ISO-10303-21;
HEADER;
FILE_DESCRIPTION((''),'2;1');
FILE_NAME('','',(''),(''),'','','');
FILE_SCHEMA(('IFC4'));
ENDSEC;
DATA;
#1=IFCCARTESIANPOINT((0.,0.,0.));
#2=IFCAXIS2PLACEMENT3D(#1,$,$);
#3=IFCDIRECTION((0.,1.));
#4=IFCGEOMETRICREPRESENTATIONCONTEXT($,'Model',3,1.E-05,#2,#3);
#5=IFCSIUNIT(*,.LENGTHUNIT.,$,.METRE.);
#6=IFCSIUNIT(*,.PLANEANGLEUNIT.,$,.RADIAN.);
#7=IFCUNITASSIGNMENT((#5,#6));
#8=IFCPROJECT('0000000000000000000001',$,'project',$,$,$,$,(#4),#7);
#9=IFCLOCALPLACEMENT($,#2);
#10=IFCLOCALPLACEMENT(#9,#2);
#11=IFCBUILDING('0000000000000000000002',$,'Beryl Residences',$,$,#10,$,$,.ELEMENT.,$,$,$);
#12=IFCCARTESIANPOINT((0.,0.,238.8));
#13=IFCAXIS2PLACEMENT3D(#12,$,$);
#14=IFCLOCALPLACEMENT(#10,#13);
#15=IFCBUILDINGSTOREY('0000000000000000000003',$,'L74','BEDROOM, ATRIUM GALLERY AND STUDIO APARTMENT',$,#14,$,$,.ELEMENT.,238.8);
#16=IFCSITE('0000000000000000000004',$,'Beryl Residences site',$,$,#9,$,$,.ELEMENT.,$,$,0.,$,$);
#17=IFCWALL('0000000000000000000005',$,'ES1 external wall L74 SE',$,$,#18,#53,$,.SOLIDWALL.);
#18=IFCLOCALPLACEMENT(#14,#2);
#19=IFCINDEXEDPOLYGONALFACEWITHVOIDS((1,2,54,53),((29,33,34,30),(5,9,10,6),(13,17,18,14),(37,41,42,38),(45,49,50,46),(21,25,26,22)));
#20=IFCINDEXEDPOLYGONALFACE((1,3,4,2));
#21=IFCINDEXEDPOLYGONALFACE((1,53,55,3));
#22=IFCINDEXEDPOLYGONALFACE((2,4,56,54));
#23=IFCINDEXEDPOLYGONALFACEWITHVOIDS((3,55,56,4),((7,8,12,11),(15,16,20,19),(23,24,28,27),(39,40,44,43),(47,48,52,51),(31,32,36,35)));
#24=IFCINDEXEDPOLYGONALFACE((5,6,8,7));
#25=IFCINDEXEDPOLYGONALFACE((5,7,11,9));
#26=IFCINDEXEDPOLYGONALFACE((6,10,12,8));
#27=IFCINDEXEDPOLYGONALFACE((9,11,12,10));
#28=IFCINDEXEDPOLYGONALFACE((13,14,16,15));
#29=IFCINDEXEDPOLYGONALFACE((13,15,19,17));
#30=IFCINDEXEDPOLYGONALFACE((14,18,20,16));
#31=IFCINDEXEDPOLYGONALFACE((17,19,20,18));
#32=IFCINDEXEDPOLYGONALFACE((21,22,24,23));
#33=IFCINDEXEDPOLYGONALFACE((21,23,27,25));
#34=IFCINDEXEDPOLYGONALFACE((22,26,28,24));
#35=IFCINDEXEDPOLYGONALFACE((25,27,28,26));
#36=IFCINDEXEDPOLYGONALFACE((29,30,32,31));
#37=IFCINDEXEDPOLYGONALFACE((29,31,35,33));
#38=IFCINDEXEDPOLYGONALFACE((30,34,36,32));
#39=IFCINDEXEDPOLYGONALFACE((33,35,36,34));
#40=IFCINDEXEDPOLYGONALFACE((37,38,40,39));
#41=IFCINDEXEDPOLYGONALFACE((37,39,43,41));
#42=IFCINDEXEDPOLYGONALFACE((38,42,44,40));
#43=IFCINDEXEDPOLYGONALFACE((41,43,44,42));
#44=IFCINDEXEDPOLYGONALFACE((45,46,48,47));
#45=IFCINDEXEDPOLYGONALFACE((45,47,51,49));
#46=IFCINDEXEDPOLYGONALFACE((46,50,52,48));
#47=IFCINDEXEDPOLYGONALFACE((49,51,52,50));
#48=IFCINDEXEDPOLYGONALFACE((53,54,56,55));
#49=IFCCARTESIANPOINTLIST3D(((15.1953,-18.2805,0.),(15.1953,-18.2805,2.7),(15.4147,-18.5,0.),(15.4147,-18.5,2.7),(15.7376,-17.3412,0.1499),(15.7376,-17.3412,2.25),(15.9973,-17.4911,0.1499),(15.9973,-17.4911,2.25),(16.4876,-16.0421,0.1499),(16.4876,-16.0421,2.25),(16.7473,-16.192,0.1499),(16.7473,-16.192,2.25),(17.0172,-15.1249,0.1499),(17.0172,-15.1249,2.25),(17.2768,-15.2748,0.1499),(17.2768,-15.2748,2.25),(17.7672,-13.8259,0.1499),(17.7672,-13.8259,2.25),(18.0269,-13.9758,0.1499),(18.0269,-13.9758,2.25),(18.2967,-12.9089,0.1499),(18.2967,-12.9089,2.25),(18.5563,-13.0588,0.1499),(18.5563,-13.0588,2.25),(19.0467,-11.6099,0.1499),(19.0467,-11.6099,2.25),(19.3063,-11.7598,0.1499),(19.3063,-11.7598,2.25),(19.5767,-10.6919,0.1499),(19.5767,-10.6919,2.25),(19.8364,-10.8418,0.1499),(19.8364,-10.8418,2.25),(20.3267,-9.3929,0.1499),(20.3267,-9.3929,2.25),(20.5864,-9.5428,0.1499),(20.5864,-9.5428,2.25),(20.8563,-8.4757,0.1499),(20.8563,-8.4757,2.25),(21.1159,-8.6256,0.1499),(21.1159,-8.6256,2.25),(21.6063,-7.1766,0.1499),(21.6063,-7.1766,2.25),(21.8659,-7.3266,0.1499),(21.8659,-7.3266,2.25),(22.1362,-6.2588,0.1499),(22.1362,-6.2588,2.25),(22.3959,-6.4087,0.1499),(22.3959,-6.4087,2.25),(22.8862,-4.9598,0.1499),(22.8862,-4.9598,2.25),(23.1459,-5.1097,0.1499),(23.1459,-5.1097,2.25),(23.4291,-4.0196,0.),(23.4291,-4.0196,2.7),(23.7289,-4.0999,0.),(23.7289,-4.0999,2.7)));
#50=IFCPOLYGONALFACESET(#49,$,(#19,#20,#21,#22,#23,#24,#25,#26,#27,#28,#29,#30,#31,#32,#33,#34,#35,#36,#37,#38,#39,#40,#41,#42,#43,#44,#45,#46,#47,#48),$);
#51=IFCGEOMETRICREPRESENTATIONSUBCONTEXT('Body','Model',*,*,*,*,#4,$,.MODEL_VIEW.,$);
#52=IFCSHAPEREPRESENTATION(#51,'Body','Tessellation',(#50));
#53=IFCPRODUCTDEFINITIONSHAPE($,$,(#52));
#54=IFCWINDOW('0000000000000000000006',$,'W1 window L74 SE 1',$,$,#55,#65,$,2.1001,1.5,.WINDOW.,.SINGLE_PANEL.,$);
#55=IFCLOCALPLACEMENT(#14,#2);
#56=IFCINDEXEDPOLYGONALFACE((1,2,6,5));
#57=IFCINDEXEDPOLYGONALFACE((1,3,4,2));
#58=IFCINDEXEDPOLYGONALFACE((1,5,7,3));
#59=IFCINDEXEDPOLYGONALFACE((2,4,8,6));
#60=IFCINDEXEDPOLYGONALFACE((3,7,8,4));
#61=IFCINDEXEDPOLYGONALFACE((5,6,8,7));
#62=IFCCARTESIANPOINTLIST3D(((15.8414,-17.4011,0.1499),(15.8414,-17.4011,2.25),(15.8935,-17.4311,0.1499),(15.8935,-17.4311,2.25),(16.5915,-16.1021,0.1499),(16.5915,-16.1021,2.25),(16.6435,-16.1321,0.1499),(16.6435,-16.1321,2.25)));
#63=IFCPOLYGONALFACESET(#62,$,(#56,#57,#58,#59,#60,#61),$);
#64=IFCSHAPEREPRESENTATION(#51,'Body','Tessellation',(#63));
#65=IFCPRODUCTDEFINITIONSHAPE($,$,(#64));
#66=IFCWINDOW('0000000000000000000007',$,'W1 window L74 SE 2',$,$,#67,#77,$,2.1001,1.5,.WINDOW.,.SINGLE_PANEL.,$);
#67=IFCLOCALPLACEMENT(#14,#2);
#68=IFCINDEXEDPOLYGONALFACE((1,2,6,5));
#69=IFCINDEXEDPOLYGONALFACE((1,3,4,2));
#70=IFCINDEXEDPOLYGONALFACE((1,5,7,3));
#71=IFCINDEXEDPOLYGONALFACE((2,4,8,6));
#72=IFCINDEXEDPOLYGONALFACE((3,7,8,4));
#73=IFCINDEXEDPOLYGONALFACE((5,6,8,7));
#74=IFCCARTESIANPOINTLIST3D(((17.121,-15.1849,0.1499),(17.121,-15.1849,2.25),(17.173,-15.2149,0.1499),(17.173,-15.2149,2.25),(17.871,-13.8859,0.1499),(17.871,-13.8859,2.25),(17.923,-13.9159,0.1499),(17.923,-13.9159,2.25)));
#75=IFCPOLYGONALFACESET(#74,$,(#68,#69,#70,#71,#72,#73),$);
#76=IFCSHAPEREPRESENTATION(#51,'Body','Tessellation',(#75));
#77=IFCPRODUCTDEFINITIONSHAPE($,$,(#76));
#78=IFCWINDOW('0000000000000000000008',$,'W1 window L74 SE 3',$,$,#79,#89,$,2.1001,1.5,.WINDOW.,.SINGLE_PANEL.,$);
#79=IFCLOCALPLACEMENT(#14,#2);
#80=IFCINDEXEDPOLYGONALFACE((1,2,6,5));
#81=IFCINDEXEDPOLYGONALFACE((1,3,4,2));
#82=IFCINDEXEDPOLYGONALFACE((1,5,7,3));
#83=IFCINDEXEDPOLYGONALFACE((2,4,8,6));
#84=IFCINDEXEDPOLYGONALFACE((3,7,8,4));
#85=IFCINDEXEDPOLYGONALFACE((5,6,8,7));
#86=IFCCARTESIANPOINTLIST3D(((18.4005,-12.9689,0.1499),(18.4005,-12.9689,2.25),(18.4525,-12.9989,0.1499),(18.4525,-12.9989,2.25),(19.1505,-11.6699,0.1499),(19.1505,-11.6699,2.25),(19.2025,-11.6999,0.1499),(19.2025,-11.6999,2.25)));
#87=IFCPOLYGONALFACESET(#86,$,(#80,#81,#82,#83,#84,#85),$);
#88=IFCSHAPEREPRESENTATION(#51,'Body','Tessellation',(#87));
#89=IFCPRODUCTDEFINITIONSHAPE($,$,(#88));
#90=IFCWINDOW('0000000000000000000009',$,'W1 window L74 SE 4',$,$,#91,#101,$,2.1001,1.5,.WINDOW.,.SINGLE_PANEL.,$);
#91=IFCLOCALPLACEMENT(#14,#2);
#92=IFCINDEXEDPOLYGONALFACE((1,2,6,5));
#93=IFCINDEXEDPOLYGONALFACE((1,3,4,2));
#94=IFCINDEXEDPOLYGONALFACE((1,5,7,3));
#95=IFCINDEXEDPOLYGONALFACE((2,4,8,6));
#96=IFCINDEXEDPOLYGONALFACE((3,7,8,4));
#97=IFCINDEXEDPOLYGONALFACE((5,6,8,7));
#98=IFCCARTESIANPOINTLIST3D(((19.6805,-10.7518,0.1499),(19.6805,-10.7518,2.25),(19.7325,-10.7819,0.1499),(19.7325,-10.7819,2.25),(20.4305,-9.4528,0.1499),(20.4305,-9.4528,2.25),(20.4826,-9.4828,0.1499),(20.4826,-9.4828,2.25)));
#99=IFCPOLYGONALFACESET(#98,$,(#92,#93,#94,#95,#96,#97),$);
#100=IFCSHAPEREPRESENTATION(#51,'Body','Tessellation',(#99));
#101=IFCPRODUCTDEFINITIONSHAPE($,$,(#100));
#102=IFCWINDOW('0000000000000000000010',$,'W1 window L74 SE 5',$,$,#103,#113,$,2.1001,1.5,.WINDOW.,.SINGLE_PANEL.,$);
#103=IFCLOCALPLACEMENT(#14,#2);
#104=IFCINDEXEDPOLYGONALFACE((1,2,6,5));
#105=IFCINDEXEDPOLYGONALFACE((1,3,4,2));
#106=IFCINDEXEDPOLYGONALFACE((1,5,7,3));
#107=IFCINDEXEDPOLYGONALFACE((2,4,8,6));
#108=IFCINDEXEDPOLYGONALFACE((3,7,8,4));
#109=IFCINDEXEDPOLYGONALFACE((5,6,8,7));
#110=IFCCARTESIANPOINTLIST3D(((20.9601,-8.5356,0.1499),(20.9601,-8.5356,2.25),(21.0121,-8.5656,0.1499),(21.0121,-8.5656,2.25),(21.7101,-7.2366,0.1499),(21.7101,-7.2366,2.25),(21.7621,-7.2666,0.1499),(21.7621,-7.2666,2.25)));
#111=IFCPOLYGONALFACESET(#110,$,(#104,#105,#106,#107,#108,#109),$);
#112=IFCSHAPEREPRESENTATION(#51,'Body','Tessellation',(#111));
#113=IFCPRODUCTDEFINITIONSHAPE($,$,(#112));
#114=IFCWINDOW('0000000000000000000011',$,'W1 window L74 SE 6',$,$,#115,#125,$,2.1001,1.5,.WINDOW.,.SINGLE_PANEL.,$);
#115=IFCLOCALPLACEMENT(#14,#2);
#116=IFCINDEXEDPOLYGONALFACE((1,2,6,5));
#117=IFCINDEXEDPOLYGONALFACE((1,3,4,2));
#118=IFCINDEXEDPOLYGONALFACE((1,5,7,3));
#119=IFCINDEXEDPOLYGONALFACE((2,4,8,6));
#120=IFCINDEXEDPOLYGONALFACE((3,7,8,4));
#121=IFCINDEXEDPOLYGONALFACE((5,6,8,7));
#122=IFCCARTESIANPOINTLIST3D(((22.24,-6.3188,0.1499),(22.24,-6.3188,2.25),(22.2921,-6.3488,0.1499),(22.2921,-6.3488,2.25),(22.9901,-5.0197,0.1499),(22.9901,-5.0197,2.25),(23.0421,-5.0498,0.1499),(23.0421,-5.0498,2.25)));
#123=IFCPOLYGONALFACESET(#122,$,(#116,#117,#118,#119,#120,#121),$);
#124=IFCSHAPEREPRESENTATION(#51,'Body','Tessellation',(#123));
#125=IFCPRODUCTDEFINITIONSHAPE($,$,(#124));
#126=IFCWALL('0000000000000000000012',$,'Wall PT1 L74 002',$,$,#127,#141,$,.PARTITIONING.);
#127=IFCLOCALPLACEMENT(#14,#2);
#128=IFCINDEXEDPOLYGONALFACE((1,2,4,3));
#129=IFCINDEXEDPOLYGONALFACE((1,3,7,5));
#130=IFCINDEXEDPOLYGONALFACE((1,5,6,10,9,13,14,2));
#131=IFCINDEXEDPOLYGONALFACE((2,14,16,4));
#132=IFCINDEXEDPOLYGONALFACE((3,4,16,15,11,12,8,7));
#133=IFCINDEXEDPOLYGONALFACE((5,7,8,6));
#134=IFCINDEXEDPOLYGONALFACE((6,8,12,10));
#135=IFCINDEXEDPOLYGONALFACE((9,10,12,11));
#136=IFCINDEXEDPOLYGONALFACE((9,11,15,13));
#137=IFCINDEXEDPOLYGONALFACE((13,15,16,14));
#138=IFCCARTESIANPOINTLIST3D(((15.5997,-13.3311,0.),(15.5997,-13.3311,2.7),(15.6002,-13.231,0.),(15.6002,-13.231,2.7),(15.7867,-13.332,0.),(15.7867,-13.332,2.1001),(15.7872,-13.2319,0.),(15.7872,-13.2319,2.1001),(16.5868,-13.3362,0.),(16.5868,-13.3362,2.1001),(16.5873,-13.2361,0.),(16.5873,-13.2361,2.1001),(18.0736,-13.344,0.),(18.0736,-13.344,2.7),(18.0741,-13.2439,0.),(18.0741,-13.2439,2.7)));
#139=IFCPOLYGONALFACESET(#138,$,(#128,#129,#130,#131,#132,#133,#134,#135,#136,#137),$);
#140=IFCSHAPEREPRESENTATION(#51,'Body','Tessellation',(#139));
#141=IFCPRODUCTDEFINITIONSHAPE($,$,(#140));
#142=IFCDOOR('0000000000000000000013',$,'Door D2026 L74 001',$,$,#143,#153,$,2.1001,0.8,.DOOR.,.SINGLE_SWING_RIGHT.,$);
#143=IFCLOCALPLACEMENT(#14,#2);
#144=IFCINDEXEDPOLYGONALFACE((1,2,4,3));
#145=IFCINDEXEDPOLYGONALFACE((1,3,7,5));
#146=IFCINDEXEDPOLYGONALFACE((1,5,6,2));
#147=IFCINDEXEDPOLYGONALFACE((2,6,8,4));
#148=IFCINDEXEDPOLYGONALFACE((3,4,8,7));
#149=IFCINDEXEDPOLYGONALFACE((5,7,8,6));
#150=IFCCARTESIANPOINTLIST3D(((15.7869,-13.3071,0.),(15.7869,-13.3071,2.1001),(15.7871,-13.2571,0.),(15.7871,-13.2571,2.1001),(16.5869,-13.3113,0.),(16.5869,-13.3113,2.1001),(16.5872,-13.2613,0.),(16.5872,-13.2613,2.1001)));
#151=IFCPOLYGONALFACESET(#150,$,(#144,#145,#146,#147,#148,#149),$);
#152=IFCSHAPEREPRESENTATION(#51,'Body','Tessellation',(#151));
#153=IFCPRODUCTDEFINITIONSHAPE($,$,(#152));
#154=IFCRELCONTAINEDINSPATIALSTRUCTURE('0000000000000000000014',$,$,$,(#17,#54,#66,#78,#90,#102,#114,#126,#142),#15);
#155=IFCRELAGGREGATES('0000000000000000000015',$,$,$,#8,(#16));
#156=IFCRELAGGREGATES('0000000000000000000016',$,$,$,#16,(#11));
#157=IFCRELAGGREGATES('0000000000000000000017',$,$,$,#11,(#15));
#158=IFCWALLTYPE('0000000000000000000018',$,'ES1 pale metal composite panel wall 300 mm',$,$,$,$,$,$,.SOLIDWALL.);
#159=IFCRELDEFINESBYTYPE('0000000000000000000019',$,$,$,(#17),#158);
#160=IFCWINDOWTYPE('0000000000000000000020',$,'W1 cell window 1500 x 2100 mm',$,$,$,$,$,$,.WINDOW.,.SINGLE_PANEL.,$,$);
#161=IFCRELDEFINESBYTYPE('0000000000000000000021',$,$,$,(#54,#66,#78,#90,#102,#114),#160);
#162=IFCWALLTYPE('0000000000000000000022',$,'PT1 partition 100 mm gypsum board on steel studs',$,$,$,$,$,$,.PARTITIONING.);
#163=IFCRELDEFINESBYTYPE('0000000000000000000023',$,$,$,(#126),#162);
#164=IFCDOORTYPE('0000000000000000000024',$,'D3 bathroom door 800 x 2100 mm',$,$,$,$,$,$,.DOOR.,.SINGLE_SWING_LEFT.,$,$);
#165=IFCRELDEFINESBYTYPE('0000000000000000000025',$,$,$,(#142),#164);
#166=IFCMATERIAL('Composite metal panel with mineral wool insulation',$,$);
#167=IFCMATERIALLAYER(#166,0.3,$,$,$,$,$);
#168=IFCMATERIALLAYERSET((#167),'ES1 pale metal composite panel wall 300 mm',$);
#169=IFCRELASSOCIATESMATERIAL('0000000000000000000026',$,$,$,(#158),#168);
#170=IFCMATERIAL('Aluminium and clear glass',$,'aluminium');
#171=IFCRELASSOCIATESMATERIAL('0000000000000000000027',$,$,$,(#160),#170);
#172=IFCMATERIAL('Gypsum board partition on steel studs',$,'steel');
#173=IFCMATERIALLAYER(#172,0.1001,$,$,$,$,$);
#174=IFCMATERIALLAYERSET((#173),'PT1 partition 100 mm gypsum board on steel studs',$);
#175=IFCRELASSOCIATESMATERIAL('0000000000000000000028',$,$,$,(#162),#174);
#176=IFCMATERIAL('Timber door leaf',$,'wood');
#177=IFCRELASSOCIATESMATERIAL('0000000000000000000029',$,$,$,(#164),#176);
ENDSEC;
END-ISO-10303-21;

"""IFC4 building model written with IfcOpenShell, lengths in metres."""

from ifc_helpers import new_model, si_unit, direction, frame, frame_2d, origin, place, context, subcontext, project, spatial, polyline, rectangle, outline, extrude, material, layer, layer_set, type_object, element, fill, save


model = new_model("IFC4")

# Units and contexts
model_context = context("Model", 3, precision=1e-05, world=origin(), true_north=direction((0.0, 1.0)))
body_context = subcontext(model_context, "Body", "Model", "MODEL_VIEW")
ifc_project = project(units=[si_unit("LENGTHUNIT", "METRE"), si_unit("PLANEANGLEUNIT", "RADIAN")], contexts=[model_context])

# Site, building, storey
site_placement = place(None, origin())
site = spatial("IfcSite", under=ifc_project, at=site_placement, Name="Beryl Residences site", CompositionType="ELEMENT", RefElevation=0.0)
building_placement = place(site_placement, origin())
building = spatial("IfcBuilding", under=site, at=building_placement, Name="Beryl Residences", CompositionType="ELEMENT")
storey_placement = place(building_placement, frame((0.0, 0.0, 238.8)))
storey = spatial("IfcBuildingStorey", under=building, at=storey_placement, Name="L74", Description="BEDROOM, ATRIUM GALLERY AND STUDIO APARTMENT", CompositionType="ELEMENT", Elevation=238.8)

# Wall, openings, windows
ifc_material_1 = material(Name="Composite metal panel with mineral wool insulation")
ifc_layer_1 = layer(ifc_material_1, 0.3)
ifc_layer_set_1 = layer_set([ifc_layer_1], Name="ES1 pale metal composite panel wall 300 mm")
wall_type_1 = type_object("IfcWallType", Name="ES1 pale metal composite panel wall 300 mm", PredefinedType="SOLIDWALL", material=ifc_layer_set_1)
wall_1_placement = place(storey_placement, frame((15.2849, -18.425, 0.0), z_axis=(0.0, 0.0, 1.0), x_axis=(0.500013, 0.866018, 0.0)))
wall_1 = element("IfcWall", 1, at=wall_1_placement, inside=storey, type_object=wall_type_1, Name="ES1 external wall L74 SE", PredefinedType="SOLIDWALL", context=body_context, shape_type="SweptSolid", body=[
    extrude(outline(polyline([(0.0, -0.1499), (16.6279, -0.1499), (16.5476, 0.1499), (0.0803, 0.1499), (0.0, -0.1499)])), origin(), (0.0, 0.0, 1.0), 2.7),
])
opening_1_placement = place(wall_1_placement, frame((1.165, 0.0, 0.1499)))
opening_1 = element("IfcOpeningElement", 2, at=opening_1_placement, cuts=wall_1, PredefinedType="OPENING", context=body_context, shape_type="SweptSolid", body=[
    extrude(rectangle(XDim=1.5, YDim=2.1001, at=frame_2d((0.75, 1.05))), frame((0.0, 0.1599, 0.0), z_axis=(0.0, -1.0, 0.0), x_axis=(1.0, 0.0, 0.0)), (0.0, 0.0, 1.0), 0.3201),
])
opening_2_placement = place(wall_1_placement, frame((3.7241, 0.0, 0.1499)))
opening_2 = element("IfcOpeningElement", 3, at=opening_2_placement, cuts=wall_1, PredefinedType="OPENING", context=body_context, shape_type="SweptSolid", body=[
    extrude(rectangle(XDim=1.5, YDim=2.1001, at=frame_2d((0.75, 1.05))), frame((0.0, 0.1599, 0.0), z_axis=(0.0, -1.0, 0.0), x_axis=(1.0, 0.0, 0.0)), (0.0, 0.0, 1.0), 0.3201),
])
opening_3_placement = place(wall_1_placement, frame((6.283, 0.0, 0.1499)))
opening_3 = element("IfcOpeningElement", 4, at=opening_3_placement, cuts=wall_1, PredefinedType="OPENING", context=body_context, shape_type="SweptSolid", body=[
    extrude(rectangle(XDim=1.5, YDim=2.1001, at=frame_2d((0.75, 1.05))), frame((0.0, 0.1599, 0.0), z_axis=(0.0, -1.0, 0.0), x_axis=(1.0, 0.0, 0.0)), (0.0, 0.0, 1.0), 0.3201),
])
opening_4_placement = place(wall_1_placement, frame((8.843, 0.0, 0.1499)))
opening_4 = element("IfcOpeningElement", 5, at=opening_4_placement, cuts=wall_1, PredefinedType="OPENING", context=body_context, shape_type="SweptSolid", body=[
    extrude(rectangle(XDim=1.5, YDim=2.1001, at=frame_2d((0.75, 1.05))), frame((0.0, 0.1599, 0.0), z_axis=(0.0, -1.0, 0.0), x_axis=(1.0, 0.0, 0.0)), (0.0, 0.0, 1.0), 0.3201),
])
opening_5_placement = place(wall_1_placement, frame((11.4021, 0.0, 0.1499)))
opening_5 = element("IfcOpeningElement", 6, at=opening_5_placement, cuts=wall_1, PredefinedType="OPENING", context=body_context, shape_type="SweptSolid", body=[
    extrude(rectangle(XDim=1.5, YDim=2.1001, at=frame_2d((0.75, 1.05))), frame((0.0, 0.1599, 0.0), z_axis=(0.0, -1.0, 0.0), x_axis=(1.0, 0.0, 0.0)), (0.0, 0.0, 1.0), 0.3201),
])
opening_6_placement = place(wall_1_placement, frame((13.9619, 0.0, 0.1499)))
opening_6 = element("IfcOpeningElement", 7, at=opening_6_placement, cuts=wall_1, PredefinedType="OPENING", context=body_context, shape_type="SweptSolid", body=[
    extrude(rectangle(XDim=1.5, YDim=2.1001, at=frame_2d((0.75, 1.05))), frame((0.0, 0.1599, 0.0), z_axis=(0.0, -1.0, 0.0), x_axis=(1.0, 0.0, 0.0)), (0.0, 0.0, 1.0), 0.3201),
])
ifc_material_2 = material(Name="Aluminium and clear glass", Category="aluminium")
window_type = type_object("IfcWindowType", Name="W1 cell window 1500 x 2100 mm", PartitioningType="SINGLE_PANEL", PredefinedType="WINDOW", material=ifc_material_2)
window_1_placement = place(opening_1_placement, origin())
window_1 = element("IfcWindow", 8, at=window_1_placement, inside=storey, type_object=window_type, Name="W1 window L74 SE 1", OverallHeight=2.1001, OverallWidth=1.5, PartitioningType="SINGLE_PANEL", PredefinedType="WINDOW", context=body_context, shape_type="SweptSolid", body=[
    extrude(rectangle(XDim=1.5, YDim=2.1001, at=frame_2d((0.75, 1.05))), frame((0.0, 0.03, 0.0), z_axis=(0.0, -1.0, 0.0), x_axis=(1.0, 0.0, 0.0)), (0.0, 0.0, 1.0), 0.0601),
])
fill(opening_1, window_1)
window_2_placement = place(opening_2_placement, origin())
window_2 = element("IfcWindow", 9, at=window_2_placement, inside=storey, type_object=window_type, Name="W1 window L74 SE 2", OverallHeight=2.1001, OverallWidth=1.5, PartitioningType="SINGLE_PANEL", PredefinedType="WINDOW", context=body_context, shape_type="SweptSolid", body=[
    extrude(rectangle(XDim=1.5, YDim=2.1001, at=frame_2d((0.75, 1.05))), frame((0.0, 0.03, 0.0), z_axis=(0.0, -1.0, 0.0), x_axis=(1.0, 0.0, 0.0)), (0.0, 0.0, 1.0), 0.0601),
])
fill(opening_2, window_2)
window_3_placement = place(opening_3_placement, origin())
window_3 = element("IfcWindow", 10, at=window_3_placement, inside=storey, type_object=window_type, Name="W1 window L74 SE 3", OverallHeight=2.1001, OverallWidth=1.5, PartitioningType="SINGLE_PANEL", PredefinedType="WINDOW", context=body_context, shape_type="SweptSolid", body=[
    extrude(rectangle(XDim=1.5, YDim=2.1001, at=frame_2d((0.75, 1.05))), frame((0.0, 0.03, 0.0), z_axis=(0.0, -1.0, 0.0), x_axis=(1.0, 0.0, 0.0)), (0.0, 0.0, 1.0), 0.0601),
])
fill(opening_3, window_3)
window_4_placement = place(opening_4_placement, origin())
window_4 = element("IfcWindow", 11, at=window_4_placement, inside=storey, type_object=window_type, Name="W1 window L74 SE 4", OverallHeight=2.1001, OverallWidth=1.5, PartitioningType="SINGLE_PANEL", PredefinedType="WINDOW", context=body_context, shape_type="SweptSolid", body=[
    extrude(rectangle(XDim=1.5, YDim=2.1001, at=frame_2d((0.75, 1.05))), frame((0.0, 0.03, 0.0), z_axis=(0.0, -1.0, 0.0), x_axis=(1.0, 0.0, 0.0)), (0.0, 0.0, 1.0), 0.0601),
])
fill(opening_4, window_4)
window_5_placement = place(opening_5_placement, origin())
window_5 = element("IfcWindow", 12, at=window_5_placement, inside=storey, type_object=window_type, Name="W1 window L74 SE 5", OverallHeight=2.1001, OverallWidth=1.5, PartitioningType="SINGLE_PANEL", PredefinedType="WINDOW", context=body_context, shape_type="SweptSolid", body=[
    extrude(rectangle(XDim=1.5, YDim=2.1001, at=frame_2d((0.75, 1.05))), frame((0.0, 0.03, 0.0), z_axis=(0.0, -1.0, 0.0), x_axis=(1.0, 0.0, 0.0)), (0.0, 0.0, 1.0), 0.0601),
])
fill(opening_5, window_5)
window_6_placement = place(opening_6_placement, origin())
window_6 = element("IfcWindow", 13, at=window_6_placement, inside=storey, type_object=window_type, Name="W1 window L74 SE 6", OverallHeight=2.1001, OverallWidth=1.5, PartitioningType="SINGLE_PANEL", PredefinedType="WINDOW", context=body_context, shape_type="SweptSolid", body=[
    extrude(rectangle(XDim=1.5, YDim=2.1001, at=frame_2d((0.75, 1.05))), frame((0.0, 0.03, 0.0), z_axis=(0.0, -1.0, 0.0), x_axis=(1.0, 0.0, 0.0)), (0.0, 0.0, 1.0), 0.0601),
])
fill(opening_6, window_6)

# Wall, opening, door
ifc_material_3 = material(Name="Gypsum board partition on steel studs", Category="steel")
ifc_layer_2 = layer(ifc_material_3, 0.1001)
ifc_layer_set_2 = layer_set([ifc_layer_2], Name="PT1 partition 100 mm gypsum board on steel studs")
wall_type_2 = type_object("IfcWallType", Name="PT1 partition 100 mm gypsum board on steel studs", PredefinedType="PARTITIONING", material=ifc_layer_set_2)
wall_2_placement = place(storey_placement, frame((15.6001, -13.281, 0.0), z_axis=(0.0, 0.0, 1.0), x_axis=(0.999986, -0.00523, 0.0)))
wall_2 = element("IfcWall", 14, at=wall_2_placement, inside=storey, type_object=wall_type_2, Name="Wall PT1 L74 002", PredefinedType="PARTITIONING", context=body_context, shape_type="SweptSolid", body=[
    extrude(rectangle(XDim=2.4739, YDim=0.1001, at=frame_2d((1.2368, 0.0))), origin(), (0.0, 0.0, 1.0), 2.7),
])
opening_7_placement = place(wall_2_placement, frame((0.187, 0.0, 0.0)))
opening_7 = element("IfcOpeningElement", 15, at=opening_7_placement, cuts=wall_2, PredefinedType="OPENING", context=body_context, shape_type="SweptSolid", body=[
    extrude(rectangle(XDim=0.8, YDim=2.1001, at=frame_2d((0.3999, 1.05))), frame((0.0, 0.0601, 0.0), z_axis=(0.0, -1.0, 0.0), x_axis=(1.0, 0.0, 0.0)), (0.0, 0.0, 1.0), 0.1201),
])
ifc_material_4 = material(Name="Timber door leaf", Category="wood")
door_type_1 = type_object("IfcDoorType", Name="D3 bathroom door 800 x 2100 mm", OperationType="SINGLE_SWING_LEFT", PredefinedType="DOOR", material=ifc_material_4)
door_1_placement = place(opening_7_placement, origin())
door_1 = element("IfcDoor", 16, at=door_1_placement, inside=storey, type_object=door_type_1, Name="Door D2026 L74 001", OperationType="SINGLE_SWING_RIGHT", OverallHeight=2.1001, OverallWidth=0.8, PredefinedType="DOOR", context=body_context, shape_type="SweptSolid", body=[
    extrude(rectangle(XDim=0.8, YDim=2.1001, at=frame_2d((0.3999, 1.05))), frame((0.0, 0.0249, 0.0), z_axis=(0.0, -1.0, 0.0), x_axis=(1.0, 0.0, 0.0)), (0.0, 0.0, 1.0), 0.05),
])
fill(opening_7, door_1)

save(model, "model.ifc")
